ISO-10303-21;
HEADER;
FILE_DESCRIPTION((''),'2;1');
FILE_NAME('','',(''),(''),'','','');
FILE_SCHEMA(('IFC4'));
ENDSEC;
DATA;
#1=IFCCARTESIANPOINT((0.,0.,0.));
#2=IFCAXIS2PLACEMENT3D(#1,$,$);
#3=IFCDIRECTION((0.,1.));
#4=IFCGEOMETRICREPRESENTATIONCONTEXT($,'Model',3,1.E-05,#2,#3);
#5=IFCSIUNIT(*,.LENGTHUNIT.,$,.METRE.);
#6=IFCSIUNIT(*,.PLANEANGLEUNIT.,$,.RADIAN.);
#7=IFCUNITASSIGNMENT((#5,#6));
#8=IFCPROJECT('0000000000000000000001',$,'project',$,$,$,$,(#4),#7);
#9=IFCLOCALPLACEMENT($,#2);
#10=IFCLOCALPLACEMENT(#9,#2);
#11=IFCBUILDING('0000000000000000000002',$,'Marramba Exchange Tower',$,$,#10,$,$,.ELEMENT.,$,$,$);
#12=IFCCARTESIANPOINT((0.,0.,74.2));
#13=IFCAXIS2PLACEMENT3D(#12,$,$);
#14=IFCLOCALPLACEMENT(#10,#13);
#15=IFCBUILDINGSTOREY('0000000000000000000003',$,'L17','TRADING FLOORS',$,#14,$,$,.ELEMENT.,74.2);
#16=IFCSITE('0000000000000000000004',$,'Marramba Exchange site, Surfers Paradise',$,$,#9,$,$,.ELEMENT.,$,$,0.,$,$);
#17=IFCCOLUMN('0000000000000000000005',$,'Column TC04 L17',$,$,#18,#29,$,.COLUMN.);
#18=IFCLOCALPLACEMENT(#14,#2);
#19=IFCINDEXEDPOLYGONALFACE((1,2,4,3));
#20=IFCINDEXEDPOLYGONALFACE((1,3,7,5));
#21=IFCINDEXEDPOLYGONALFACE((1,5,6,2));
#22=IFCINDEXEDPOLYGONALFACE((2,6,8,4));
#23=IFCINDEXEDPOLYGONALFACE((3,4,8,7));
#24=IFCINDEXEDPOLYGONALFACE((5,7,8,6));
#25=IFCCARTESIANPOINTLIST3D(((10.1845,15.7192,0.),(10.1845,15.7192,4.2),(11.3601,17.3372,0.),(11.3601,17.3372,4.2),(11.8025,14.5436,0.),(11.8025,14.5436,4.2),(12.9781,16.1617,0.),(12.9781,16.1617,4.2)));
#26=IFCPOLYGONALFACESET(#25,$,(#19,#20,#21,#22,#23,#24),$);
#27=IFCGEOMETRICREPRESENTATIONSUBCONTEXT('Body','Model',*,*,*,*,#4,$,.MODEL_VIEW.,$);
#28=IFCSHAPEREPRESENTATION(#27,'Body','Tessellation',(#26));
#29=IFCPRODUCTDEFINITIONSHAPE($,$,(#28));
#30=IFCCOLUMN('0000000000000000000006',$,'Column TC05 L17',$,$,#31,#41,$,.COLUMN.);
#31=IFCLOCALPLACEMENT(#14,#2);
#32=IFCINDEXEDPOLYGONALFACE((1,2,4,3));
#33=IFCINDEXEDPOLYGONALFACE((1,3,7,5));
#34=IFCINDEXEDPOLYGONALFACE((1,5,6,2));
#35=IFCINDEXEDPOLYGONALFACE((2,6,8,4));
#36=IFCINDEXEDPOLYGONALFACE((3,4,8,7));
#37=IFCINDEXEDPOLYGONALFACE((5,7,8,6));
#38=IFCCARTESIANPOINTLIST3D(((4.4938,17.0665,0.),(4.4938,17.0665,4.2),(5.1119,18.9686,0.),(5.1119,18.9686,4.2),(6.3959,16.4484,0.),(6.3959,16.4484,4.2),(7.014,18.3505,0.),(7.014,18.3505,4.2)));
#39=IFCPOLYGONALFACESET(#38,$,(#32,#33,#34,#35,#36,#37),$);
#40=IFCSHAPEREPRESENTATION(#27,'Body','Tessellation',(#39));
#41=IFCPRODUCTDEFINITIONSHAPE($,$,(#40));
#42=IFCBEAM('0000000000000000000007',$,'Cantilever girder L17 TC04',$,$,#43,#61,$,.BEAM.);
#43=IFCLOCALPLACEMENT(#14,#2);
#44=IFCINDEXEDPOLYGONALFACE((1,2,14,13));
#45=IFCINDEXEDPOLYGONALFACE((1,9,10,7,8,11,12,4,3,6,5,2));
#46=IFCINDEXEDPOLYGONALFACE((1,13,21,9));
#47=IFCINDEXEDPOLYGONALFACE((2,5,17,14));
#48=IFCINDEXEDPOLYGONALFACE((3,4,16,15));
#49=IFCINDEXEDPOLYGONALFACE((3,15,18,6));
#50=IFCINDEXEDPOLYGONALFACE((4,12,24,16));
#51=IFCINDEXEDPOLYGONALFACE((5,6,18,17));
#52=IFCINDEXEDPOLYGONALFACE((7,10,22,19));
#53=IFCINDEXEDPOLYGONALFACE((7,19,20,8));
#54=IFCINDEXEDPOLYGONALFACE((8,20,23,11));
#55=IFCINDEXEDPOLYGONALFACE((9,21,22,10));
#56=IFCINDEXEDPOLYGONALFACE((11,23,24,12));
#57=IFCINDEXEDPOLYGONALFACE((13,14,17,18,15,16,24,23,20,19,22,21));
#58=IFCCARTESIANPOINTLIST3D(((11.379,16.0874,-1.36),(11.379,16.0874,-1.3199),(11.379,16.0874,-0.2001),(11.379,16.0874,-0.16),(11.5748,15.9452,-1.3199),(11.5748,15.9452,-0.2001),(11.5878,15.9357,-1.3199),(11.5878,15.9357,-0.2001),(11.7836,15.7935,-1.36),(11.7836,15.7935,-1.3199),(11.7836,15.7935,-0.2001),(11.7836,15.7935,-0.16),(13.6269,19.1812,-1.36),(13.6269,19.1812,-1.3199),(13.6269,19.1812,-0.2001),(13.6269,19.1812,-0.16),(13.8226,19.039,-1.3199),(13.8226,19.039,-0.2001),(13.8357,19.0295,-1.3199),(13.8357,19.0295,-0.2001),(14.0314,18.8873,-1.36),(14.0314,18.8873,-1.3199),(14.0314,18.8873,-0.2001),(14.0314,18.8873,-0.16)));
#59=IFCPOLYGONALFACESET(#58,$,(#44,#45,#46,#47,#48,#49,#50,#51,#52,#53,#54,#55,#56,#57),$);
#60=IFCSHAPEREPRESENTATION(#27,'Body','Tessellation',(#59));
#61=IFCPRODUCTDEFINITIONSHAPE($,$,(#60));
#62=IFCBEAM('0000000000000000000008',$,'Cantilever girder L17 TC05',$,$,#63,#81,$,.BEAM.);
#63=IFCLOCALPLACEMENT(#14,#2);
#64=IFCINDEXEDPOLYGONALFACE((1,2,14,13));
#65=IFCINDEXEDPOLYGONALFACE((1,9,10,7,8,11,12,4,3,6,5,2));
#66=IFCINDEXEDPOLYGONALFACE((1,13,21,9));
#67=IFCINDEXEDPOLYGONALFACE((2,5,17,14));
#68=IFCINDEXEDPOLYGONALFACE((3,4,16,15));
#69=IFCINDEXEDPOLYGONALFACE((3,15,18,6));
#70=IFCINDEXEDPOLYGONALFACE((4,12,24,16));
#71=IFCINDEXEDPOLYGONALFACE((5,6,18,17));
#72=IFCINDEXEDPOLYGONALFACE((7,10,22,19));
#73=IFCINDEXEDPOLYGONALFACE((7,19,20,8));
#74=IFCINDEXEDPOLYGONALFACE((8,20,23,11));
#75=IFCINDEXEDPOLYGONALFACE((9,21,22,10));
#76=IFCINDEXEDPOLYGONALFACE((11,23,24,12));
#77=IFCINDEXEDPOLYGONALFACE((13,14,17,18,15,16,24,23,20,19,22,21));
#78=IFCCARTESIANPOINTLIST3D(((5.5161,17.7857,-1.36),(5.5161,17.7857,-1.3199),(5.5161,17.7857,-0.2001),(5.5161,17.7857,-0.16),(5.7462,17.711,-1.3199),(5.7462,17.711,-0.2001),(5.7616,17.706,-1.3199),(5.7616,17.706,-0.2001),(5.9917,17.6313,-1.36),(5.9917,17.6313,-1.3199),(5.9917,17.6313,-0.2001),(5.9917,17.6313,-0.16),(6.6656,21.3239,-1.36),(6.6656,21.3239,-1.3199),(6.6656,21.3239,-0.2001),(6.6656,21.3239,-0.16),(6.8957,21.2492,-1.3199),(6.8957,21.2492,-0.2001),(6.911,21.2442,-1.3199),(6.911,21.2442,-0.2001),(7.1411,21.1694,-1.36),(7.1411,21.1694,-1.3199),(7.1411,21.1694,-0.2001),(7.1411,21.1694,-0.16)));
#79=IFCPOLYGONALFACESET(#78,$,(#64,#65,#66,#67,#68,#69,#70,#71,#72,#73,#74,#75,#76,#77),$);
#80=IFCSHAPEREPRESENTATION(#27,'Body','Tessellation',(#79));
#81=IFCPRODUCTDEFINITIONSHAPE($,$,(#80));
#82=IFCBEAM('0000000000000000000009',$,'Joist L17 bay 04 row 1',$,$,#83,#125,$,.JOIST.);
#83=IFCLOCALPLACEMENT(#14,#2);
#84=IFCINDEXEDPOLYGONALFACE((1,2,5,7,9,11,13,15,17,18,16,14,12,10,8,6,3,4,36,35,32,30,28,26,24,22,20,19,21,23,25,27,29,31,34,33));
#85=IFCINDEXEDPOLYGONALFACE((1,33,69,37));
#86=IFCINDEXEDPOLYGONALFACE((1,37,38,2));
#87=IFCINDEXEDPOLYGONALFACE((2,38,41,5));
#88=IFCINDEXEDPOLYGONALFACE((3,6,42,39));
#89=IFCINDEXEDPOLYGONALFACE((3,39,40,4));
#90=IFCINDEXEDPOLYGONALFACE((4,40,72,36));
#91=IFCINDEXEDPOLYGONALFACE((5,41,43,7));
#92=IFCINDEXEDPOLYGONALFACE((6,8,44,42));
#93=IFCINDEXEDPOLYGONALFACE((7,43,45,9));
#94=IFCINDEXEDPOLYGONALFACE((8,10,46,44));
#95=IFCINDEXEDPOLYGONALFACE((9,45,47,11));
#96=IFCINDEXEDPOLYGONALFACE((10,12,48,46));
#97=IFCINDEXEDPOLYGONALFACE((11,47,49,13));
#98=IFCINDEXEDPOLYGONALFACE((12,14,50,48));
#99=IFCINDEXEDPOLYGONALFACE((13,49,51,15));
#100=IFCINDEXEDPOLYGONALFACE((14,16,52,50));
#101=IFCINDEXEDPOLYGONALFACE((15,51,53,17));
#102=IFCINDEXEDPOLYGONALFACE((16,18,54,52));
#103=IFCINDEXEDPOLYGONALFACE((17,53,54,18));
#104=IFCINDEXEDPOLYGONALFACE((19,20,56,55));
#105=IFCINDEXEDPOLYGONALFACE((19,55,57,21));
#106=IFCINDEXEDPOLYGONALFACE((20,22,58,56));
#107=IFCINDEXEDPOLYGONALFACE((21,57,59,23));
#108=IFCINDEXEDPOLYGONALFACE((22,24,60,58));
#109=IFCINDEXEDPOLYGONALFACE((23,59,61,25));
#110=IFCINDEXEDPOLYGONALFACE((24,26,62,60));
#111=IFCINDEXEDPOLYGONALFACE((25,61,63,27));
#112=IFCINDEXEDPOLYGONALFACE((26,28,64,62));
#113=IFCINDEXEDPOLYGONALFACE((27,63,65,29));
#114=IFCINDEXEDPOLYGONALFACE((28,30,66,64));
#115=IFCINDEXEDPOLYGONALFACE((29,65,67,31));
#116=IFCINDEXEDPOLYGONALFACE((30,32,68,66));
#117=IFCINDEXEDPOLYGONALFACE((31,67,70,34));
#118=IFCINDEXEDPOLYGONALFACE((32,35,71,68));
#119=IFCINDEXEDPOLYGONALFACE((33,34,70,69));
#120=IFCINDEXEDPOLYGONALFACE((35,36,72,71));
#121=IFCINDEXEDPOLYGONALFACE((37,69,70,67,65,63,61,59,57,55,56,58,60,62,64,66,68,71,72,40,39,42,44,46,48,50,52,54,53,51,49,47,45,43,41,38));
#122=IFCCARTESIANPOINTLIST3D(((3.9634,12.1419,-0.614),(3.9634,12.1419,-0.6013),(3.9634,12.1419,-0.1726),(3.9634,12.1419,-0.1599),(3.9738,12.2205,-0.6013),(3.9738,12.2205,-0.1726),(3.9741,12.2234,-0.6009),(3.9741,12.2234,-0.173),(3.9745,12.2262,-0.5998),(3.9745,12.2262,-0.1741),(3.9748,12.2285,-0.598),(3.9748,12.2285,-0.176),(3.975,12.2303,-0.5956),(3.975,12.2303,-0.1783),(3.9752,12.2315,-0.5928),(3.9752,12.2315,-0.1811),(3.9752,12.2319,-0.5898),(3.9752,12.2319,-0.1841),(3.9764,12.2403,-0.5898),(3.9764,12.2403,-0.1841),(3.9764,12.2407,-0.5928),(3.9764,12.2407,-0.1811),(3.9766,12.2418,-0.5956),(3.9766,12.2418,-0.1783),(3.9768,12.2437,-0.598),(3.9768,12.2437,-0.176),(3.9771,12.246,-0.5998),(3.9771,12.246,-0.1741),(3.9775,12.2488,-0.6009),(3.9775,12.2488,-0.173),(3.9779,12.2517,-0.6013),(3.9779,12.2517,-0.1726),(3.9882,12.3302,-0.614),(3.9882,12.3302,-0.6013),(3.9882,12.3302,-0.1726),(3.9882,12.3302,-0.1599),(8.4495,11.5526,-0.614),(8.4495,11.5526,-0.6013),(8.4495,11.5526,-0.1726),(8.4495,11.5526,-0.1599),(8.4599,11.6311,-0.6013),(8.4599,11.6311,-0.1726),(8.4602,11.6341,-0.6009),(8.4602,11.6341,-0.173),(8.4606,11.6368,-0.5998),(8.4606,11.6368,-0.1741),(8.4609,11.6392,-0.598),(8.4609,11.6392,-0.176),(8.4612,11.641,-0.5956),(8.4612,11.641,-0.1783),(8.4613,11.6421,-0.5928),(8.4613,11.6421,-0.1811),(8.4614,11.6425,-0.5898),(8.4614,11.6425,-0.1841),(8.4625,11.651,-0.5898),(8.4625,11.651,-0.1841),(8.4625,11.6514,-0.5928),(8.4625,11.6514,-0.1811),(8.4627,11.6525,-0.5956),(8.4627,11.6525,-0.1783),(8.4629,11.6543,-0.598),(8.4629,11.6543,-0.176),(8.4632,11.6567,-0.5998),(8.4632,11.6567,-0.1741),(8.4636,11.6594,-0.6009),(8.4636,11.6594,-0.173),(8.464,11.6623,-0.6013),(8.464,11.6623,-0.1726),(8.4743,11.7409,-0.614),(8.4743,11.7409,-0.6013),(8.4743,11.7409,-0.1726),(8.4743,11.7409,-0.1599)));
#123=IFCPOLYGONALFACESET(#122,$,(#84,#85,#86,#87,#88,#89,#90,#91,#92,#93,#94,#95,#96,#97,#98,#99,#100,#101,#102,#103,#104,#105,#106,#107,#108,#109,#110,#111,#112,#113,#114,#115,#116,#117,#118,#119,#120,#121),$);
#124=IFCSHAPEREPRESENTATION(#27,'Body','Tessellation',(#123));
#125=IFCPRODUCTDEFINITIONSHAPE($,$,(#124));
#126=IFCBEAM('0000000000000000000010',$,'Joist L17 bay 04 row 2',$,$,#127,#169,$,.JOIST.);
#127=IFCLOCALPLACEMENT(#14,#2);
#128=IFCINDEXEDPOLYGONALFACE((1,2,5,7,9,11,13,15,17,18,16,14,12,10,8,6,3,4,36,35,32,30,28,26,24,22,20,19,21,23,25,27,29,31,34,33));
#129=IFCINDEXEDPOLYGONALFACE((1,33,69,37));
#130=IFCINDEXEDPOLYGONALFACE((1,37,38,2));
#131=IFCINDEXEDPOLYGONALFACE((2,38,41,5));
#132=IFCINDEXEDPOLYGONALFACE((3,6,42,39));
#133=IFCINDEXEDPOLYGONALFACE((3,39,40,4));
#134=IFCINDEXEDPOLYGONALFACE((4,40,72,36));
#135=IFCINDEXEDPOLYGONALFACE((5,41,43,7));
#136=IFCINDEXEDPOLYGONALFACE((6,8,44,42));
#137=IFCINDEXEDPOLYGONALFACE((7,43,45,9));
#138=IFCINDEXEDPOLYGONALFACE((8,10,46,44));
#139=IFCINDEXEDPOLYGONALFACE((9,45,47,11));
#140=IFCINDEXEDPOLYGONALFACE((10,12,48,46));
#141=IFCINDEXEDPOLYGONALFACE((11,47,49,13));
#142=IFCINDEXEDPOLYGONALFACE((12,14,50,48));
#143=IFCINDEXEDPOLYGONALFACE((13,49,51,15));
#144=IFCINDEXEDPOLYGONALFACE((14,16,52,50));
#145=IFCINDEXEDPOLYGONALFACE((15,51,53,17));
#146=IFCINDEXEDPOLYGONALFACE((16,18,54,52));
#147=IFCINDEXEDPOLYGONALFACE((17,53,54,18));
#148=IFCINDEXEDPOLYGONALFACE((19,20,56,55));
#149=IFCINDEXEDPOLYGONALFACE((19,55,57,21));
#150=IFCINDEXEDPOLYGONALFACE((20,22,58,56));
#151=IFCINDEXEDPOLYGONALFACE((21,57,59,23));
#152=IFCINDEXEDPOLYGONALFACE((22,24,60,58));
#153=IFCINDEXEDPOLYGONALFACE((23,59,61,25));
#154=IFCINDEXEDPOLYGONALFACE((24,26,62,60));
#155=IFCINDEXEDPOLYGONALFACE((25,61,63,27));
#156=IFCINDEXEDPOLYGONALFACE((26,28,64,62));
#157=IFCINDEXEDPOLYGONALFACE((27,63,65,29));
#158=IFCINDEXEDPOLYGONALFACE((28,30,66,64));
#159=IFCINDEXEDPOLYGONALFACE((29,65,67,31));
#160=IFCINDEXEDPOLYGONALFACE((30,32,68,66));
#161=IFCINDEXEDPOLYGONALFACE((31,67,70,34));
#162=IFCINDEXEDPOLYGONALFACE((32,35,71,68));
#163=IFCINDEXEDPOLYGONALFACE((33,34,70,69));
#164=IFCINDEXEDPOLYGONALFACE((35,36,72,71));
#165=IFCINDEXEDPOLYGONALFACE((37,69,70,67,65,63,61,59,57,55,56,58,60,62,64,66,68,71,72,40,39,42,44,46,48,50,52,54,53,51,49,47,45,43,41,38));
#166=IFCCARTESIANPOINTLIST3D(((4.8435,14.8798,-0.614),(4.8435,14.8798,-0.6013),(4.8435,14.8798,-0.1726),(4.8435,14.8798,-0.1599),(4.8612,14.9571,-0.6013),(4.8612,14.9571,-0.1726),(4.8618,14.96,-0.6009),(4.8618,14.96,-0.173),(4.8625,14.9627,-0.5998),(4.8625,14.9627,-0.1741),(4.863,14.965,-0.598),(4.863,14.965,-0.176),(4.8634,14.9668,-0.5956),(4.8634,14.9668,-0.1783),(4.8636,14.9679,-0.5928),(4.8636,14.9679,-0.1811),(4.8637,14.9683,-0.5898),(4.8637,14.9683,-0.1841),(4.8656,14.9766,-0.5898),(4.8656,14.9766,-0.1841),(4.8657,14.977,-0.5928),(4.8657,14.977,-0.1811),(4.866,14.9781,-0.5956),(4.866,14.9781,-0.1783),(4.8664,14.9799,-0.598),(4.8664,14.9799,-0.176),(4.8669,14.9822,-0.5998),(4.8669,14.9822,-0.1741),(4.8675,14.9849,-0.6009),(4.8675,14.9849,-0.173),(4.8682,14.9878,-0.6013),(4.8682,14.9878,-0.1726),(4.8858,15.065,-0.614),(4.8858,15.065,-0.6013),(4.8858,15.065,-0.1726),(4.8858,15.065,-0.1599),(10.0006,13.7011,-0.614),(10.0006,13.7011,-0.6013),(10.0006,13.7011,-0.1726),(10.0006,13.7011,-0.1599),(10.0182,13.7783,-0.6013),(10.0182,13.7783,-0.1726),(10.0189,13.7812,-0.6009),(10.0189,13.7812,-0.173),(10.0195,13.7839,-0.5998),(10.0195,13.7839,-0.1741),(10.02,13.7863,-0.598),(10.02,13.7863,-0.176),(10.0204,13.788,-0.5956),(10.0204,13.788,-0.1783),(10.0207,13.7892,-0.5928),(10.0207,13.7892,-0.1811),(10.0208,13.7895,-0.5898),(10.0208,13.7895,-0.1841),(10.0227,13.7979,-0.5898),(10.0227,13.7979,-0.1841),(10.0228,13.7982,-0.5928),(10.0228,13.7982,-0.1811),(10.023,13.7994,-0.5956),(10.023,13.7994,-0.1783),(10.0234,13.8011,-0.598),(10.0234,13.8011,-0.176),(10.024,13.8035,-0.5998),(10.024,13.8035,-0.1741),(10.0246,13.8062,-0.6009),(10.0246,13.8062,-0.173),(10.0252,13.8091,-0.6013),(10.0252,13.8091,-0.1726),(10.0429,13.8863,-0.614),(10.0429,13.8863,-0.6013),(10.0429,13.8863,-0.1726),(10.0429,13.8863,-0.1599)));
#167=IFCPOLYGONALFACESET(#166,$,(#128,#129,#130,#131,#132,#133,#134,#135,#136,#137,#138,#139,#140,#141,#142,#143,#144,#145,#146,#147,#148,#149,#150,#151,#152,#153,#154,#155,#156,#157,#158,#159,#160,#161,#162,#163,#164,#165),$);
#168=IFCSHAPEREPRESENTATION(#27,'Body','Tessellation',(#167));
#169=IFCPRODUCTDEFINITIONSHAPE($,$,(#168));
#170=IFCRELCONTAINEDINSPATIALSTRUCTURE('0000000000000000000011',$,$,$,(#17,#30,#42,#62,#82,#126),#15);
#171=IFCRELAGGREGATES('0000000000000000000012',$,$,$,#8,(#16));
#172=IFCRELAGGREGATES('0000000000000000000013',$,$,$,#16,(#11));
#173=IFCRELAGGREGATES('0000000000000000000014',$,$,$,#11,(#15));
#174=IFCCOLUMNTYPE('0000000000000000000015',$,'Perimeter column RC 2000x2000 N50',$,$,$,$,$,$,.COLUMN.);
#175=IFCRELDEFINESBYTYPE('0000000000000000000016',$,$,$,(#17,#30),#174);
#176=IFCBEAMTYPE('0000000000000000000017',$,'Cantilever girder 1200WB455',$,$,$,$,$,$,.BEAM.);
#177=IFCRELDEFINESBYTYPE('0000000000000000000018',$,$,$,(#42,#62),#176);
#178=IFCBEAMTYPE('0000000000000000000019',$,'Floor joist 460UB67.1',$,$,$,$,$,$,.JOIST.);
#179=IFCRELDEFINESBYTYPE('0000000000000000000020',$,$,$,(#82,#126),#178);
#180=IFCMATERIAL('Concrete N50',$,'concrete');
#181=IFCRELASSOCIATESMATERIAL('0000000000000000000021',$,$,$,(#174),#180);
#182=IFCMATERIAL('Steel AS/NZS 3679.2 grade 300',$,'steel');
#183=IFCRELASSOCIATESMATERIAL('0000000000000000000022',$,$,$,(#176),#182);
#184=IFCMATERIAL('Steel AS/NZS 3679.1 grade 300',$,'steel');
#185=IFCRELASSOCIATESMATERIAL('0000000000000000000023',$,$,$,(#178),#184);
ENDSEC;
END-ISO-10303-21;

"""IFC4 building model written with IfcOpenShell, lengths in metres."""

from ifc_helpers import new_model, si_unit, direction, frame, origin, origin_2d, place, context, subcontext, project, spatial, rectangle, i_section, extrude, material, material_profile, profile_set, type_object, element, save


model = new_model("IFC4")

# Units and contexts
model_context = context("Model", 3, precision=1e-05, world=origin(), true_north=direction((0.0, 1.0)))
body_context = subcontext(model_context, "Body", "Model", "MODEL_VIEW")
ifc_project = project(units=[si_unit("LENGTHUNIT", "METRE"), si_unit("PLANEANGLEUNIT", "RADIAN")], contexts=[model_context])

# Site, building, storey
site_placement = place(None, origin())
site = spatial("IfcSite", under=ifc_project, at=site_placement, Name="Marramba Exchange site, Surfers Paradise", CompositionType="ELEMENT", RefElevation=0.0)
building_placement = place(site_placement, origin())
building = spatial("IfcBuilding", under=site, at=building_placement, Name="Marramba Exchange Tower", CompositionType="ELEMENT")
storey_placement = place(building_placement, frame((0.0, 0.0, 74.2)))
storey = spatial("IfcBuildingStorey", under=building, at=storey_placement, Name="L17", Description="TRADING FLOORS", CompositionType="ELEMENT", Elevation=74.2)

# Columns
ifc_material_1 = material(Name="Concrete N50", Category="concrete")
ifc_material_profile_1 = material_profile(ifc_material_1, rectangle(XDim=2.0, YDim=2.0, at=origin_2d()), Name="RC 2000x2000")
ifc_profile_set_1 = profile_set([ifc_material_profile_1], Name="Concrete N50")
column_type = type_object("IfcColumnType", Name="Perimeter column RC 2000x2000 N50", PredefinedType="COLUMN", material=ifc_profile_set_1)
for number, where, z_axis, x_axis, name in (
    (1, (11.5813, 15.9404, 0.0), (0.0, 0.0, 1.0), (0.587785, 0.809017, 0.0), "Column TC04 L17"),
    (2, (5.7539, 17.7085, 0.0), (0.0, 0.0, 1.0), (0.309017, 0.951057, 0.0), "Column TC05 L17"),
):
    element("IfcColumn", number, at=place(storey_placement, frame(where, z_axis=z_axis, x_axis=x_axis)), inside=storey, type_object=column_type, Name=name, PredefinedType="COLUMN", context=body_context, shape_type="SweptSolid", body=[
        extrude(rectangle(XDim=2.0, YDim=2.0, at=origin_2d()), origin(), (0.0, 0.0, 1.0), 4.2),
    ])

# Beams
ifc_material_2 = material(Name="Steel AS/NZS 3679.2 grade 300", Category="steel")
ifc_material_profile_2 = material_profile(ifc_material_2, i_section(OverallWidth=0.5, OverallDepth=1.2, WebThickness=0.0161, FlangeThickness=0.04, at=origin_2d()), Name="1200WB455")
ifc_profile_set_2 = profile_set([ifc_material_profile_2], Name="Steel AS/NZS 3679.2 grade 300")
beam_type_1 = type_object("IfcBeamType", Name="Cantilever girder 1200WB455", PredefinedType="BEAM", material=ifc_profile_set_2)
beam_1_placement = place(storey_placement, frame((11.5813, 15.9404, -0.76), z_axis=(0.587796, 0.809009, 0.0), x_axis=(-0.809009, 0.587796, 0.0)))
element("IfcBeam", 3, at=beam_1_placement, inside=storey, type_object=beam_type_1, Name="Cantilever girder L17 TC04", PredefinedType="BEAM", context=body_context, shape_type="SweptSolid", body=[
    extrude(i_section(OverallWidth=0.5, OverallDepth=1.2, WebThickness=0.0161, FlangeThickness=0.04, at=origin_2d()), origin(), (0.0, 0.0, 1.0), 3.8242),
])
beam_2_placement = place(storey_placement, frame((5.7539, 17.7085, -0.76), z_axis=(0.308973, 0.951071, 0.0), x_axis=(-0.951071, 0.308973, 0.0)))
element("IfcBeam", 4, at=beam_2_placement, inside=storey, type_object=beam_type_1, Name="Cantilever girder L17 TC05", PredefinedType="BEAM", context=body_context, shape_type="SweptSolid", body=[
    extrude(i_section(OverallWidth=0.5, OverallDepth=1.2, WebThickness=0.0161, FlangeThickness=0.04, at=origin_2d()), origin(), (0.0, 0.0, 1.0), 3.7202),
])
ifc_material_3 = material(Name="Steel AS/NZS 3679.1 grade 300", Category="steel")
ifc_material_profile_3 = material_profile(ifc_material_3, i_section(OverallWidth=0.1899, OverallDepth=0.4541, WebThickness=0.0085, FlangeThickness=0.0127, FilletRadius=0.0115, at=origin_2d()), Name="460UB67.1")
ifc_profile_set_3 = profile_set([ifc_material_profile_3], Name="Steel AS/NZS 3679.1 grade 300")
beam_type_2 = type_object("IfcBeamType", Name="Floor joist 460UB67.1", PredefinedType="JOIST", material=ifc_profile_set_3)
beam_3_placement = place(storey_placement, frame((8.4619, 11.6467, -0.387), z_axis=(-0.991481, 0.130255, 0.0), x_axis=(-0.130255, -0.991481, 0.0)))
element("IfcBeam", 5, at=beam_3_placement, inside=storey, type_object=beam_type_2, Name="Joist L17 bay 04 row 1", PredefinedType="JOIST", context=body_context, shape_type="SweptSolid", body=[
    extrude(i_section(OverallWidth=0.1899, OverallDepth=0.4541, WebThickness=0.0085, FlangeThickness=0.0127, FilletRadius=0.0115, at=origin_2d()), origin(), (0.0, 0.0, 1.0), 4.5247),
])
beam_4_placement = place(storey_placement, frame((10.0217, 13.7937, -0.387), z_axis=(-0.97486, 0.22282, 0.0), x_axis=(-0.22282, -0.97486, 0.0)))
element("IfcBeam", 6, at=beam_4_placement, inside=storey, type_object=beam_type_2, Name="Joist L17 bay 04 row 2", PredefinedType="JOIST", context=body_context, shape_type="SweptSolid", body=[
    extrude(i_section(OverallWidth=0.1899, OverallDepth=0.4541, WebThickness=0.0085, FlangeThickness=0.0127, FilletRadius=0.0115, at=origin_2d()), origin(), (0.0, 0.0, 1.0), 5.29),
])

save(model, "model.ifc")
